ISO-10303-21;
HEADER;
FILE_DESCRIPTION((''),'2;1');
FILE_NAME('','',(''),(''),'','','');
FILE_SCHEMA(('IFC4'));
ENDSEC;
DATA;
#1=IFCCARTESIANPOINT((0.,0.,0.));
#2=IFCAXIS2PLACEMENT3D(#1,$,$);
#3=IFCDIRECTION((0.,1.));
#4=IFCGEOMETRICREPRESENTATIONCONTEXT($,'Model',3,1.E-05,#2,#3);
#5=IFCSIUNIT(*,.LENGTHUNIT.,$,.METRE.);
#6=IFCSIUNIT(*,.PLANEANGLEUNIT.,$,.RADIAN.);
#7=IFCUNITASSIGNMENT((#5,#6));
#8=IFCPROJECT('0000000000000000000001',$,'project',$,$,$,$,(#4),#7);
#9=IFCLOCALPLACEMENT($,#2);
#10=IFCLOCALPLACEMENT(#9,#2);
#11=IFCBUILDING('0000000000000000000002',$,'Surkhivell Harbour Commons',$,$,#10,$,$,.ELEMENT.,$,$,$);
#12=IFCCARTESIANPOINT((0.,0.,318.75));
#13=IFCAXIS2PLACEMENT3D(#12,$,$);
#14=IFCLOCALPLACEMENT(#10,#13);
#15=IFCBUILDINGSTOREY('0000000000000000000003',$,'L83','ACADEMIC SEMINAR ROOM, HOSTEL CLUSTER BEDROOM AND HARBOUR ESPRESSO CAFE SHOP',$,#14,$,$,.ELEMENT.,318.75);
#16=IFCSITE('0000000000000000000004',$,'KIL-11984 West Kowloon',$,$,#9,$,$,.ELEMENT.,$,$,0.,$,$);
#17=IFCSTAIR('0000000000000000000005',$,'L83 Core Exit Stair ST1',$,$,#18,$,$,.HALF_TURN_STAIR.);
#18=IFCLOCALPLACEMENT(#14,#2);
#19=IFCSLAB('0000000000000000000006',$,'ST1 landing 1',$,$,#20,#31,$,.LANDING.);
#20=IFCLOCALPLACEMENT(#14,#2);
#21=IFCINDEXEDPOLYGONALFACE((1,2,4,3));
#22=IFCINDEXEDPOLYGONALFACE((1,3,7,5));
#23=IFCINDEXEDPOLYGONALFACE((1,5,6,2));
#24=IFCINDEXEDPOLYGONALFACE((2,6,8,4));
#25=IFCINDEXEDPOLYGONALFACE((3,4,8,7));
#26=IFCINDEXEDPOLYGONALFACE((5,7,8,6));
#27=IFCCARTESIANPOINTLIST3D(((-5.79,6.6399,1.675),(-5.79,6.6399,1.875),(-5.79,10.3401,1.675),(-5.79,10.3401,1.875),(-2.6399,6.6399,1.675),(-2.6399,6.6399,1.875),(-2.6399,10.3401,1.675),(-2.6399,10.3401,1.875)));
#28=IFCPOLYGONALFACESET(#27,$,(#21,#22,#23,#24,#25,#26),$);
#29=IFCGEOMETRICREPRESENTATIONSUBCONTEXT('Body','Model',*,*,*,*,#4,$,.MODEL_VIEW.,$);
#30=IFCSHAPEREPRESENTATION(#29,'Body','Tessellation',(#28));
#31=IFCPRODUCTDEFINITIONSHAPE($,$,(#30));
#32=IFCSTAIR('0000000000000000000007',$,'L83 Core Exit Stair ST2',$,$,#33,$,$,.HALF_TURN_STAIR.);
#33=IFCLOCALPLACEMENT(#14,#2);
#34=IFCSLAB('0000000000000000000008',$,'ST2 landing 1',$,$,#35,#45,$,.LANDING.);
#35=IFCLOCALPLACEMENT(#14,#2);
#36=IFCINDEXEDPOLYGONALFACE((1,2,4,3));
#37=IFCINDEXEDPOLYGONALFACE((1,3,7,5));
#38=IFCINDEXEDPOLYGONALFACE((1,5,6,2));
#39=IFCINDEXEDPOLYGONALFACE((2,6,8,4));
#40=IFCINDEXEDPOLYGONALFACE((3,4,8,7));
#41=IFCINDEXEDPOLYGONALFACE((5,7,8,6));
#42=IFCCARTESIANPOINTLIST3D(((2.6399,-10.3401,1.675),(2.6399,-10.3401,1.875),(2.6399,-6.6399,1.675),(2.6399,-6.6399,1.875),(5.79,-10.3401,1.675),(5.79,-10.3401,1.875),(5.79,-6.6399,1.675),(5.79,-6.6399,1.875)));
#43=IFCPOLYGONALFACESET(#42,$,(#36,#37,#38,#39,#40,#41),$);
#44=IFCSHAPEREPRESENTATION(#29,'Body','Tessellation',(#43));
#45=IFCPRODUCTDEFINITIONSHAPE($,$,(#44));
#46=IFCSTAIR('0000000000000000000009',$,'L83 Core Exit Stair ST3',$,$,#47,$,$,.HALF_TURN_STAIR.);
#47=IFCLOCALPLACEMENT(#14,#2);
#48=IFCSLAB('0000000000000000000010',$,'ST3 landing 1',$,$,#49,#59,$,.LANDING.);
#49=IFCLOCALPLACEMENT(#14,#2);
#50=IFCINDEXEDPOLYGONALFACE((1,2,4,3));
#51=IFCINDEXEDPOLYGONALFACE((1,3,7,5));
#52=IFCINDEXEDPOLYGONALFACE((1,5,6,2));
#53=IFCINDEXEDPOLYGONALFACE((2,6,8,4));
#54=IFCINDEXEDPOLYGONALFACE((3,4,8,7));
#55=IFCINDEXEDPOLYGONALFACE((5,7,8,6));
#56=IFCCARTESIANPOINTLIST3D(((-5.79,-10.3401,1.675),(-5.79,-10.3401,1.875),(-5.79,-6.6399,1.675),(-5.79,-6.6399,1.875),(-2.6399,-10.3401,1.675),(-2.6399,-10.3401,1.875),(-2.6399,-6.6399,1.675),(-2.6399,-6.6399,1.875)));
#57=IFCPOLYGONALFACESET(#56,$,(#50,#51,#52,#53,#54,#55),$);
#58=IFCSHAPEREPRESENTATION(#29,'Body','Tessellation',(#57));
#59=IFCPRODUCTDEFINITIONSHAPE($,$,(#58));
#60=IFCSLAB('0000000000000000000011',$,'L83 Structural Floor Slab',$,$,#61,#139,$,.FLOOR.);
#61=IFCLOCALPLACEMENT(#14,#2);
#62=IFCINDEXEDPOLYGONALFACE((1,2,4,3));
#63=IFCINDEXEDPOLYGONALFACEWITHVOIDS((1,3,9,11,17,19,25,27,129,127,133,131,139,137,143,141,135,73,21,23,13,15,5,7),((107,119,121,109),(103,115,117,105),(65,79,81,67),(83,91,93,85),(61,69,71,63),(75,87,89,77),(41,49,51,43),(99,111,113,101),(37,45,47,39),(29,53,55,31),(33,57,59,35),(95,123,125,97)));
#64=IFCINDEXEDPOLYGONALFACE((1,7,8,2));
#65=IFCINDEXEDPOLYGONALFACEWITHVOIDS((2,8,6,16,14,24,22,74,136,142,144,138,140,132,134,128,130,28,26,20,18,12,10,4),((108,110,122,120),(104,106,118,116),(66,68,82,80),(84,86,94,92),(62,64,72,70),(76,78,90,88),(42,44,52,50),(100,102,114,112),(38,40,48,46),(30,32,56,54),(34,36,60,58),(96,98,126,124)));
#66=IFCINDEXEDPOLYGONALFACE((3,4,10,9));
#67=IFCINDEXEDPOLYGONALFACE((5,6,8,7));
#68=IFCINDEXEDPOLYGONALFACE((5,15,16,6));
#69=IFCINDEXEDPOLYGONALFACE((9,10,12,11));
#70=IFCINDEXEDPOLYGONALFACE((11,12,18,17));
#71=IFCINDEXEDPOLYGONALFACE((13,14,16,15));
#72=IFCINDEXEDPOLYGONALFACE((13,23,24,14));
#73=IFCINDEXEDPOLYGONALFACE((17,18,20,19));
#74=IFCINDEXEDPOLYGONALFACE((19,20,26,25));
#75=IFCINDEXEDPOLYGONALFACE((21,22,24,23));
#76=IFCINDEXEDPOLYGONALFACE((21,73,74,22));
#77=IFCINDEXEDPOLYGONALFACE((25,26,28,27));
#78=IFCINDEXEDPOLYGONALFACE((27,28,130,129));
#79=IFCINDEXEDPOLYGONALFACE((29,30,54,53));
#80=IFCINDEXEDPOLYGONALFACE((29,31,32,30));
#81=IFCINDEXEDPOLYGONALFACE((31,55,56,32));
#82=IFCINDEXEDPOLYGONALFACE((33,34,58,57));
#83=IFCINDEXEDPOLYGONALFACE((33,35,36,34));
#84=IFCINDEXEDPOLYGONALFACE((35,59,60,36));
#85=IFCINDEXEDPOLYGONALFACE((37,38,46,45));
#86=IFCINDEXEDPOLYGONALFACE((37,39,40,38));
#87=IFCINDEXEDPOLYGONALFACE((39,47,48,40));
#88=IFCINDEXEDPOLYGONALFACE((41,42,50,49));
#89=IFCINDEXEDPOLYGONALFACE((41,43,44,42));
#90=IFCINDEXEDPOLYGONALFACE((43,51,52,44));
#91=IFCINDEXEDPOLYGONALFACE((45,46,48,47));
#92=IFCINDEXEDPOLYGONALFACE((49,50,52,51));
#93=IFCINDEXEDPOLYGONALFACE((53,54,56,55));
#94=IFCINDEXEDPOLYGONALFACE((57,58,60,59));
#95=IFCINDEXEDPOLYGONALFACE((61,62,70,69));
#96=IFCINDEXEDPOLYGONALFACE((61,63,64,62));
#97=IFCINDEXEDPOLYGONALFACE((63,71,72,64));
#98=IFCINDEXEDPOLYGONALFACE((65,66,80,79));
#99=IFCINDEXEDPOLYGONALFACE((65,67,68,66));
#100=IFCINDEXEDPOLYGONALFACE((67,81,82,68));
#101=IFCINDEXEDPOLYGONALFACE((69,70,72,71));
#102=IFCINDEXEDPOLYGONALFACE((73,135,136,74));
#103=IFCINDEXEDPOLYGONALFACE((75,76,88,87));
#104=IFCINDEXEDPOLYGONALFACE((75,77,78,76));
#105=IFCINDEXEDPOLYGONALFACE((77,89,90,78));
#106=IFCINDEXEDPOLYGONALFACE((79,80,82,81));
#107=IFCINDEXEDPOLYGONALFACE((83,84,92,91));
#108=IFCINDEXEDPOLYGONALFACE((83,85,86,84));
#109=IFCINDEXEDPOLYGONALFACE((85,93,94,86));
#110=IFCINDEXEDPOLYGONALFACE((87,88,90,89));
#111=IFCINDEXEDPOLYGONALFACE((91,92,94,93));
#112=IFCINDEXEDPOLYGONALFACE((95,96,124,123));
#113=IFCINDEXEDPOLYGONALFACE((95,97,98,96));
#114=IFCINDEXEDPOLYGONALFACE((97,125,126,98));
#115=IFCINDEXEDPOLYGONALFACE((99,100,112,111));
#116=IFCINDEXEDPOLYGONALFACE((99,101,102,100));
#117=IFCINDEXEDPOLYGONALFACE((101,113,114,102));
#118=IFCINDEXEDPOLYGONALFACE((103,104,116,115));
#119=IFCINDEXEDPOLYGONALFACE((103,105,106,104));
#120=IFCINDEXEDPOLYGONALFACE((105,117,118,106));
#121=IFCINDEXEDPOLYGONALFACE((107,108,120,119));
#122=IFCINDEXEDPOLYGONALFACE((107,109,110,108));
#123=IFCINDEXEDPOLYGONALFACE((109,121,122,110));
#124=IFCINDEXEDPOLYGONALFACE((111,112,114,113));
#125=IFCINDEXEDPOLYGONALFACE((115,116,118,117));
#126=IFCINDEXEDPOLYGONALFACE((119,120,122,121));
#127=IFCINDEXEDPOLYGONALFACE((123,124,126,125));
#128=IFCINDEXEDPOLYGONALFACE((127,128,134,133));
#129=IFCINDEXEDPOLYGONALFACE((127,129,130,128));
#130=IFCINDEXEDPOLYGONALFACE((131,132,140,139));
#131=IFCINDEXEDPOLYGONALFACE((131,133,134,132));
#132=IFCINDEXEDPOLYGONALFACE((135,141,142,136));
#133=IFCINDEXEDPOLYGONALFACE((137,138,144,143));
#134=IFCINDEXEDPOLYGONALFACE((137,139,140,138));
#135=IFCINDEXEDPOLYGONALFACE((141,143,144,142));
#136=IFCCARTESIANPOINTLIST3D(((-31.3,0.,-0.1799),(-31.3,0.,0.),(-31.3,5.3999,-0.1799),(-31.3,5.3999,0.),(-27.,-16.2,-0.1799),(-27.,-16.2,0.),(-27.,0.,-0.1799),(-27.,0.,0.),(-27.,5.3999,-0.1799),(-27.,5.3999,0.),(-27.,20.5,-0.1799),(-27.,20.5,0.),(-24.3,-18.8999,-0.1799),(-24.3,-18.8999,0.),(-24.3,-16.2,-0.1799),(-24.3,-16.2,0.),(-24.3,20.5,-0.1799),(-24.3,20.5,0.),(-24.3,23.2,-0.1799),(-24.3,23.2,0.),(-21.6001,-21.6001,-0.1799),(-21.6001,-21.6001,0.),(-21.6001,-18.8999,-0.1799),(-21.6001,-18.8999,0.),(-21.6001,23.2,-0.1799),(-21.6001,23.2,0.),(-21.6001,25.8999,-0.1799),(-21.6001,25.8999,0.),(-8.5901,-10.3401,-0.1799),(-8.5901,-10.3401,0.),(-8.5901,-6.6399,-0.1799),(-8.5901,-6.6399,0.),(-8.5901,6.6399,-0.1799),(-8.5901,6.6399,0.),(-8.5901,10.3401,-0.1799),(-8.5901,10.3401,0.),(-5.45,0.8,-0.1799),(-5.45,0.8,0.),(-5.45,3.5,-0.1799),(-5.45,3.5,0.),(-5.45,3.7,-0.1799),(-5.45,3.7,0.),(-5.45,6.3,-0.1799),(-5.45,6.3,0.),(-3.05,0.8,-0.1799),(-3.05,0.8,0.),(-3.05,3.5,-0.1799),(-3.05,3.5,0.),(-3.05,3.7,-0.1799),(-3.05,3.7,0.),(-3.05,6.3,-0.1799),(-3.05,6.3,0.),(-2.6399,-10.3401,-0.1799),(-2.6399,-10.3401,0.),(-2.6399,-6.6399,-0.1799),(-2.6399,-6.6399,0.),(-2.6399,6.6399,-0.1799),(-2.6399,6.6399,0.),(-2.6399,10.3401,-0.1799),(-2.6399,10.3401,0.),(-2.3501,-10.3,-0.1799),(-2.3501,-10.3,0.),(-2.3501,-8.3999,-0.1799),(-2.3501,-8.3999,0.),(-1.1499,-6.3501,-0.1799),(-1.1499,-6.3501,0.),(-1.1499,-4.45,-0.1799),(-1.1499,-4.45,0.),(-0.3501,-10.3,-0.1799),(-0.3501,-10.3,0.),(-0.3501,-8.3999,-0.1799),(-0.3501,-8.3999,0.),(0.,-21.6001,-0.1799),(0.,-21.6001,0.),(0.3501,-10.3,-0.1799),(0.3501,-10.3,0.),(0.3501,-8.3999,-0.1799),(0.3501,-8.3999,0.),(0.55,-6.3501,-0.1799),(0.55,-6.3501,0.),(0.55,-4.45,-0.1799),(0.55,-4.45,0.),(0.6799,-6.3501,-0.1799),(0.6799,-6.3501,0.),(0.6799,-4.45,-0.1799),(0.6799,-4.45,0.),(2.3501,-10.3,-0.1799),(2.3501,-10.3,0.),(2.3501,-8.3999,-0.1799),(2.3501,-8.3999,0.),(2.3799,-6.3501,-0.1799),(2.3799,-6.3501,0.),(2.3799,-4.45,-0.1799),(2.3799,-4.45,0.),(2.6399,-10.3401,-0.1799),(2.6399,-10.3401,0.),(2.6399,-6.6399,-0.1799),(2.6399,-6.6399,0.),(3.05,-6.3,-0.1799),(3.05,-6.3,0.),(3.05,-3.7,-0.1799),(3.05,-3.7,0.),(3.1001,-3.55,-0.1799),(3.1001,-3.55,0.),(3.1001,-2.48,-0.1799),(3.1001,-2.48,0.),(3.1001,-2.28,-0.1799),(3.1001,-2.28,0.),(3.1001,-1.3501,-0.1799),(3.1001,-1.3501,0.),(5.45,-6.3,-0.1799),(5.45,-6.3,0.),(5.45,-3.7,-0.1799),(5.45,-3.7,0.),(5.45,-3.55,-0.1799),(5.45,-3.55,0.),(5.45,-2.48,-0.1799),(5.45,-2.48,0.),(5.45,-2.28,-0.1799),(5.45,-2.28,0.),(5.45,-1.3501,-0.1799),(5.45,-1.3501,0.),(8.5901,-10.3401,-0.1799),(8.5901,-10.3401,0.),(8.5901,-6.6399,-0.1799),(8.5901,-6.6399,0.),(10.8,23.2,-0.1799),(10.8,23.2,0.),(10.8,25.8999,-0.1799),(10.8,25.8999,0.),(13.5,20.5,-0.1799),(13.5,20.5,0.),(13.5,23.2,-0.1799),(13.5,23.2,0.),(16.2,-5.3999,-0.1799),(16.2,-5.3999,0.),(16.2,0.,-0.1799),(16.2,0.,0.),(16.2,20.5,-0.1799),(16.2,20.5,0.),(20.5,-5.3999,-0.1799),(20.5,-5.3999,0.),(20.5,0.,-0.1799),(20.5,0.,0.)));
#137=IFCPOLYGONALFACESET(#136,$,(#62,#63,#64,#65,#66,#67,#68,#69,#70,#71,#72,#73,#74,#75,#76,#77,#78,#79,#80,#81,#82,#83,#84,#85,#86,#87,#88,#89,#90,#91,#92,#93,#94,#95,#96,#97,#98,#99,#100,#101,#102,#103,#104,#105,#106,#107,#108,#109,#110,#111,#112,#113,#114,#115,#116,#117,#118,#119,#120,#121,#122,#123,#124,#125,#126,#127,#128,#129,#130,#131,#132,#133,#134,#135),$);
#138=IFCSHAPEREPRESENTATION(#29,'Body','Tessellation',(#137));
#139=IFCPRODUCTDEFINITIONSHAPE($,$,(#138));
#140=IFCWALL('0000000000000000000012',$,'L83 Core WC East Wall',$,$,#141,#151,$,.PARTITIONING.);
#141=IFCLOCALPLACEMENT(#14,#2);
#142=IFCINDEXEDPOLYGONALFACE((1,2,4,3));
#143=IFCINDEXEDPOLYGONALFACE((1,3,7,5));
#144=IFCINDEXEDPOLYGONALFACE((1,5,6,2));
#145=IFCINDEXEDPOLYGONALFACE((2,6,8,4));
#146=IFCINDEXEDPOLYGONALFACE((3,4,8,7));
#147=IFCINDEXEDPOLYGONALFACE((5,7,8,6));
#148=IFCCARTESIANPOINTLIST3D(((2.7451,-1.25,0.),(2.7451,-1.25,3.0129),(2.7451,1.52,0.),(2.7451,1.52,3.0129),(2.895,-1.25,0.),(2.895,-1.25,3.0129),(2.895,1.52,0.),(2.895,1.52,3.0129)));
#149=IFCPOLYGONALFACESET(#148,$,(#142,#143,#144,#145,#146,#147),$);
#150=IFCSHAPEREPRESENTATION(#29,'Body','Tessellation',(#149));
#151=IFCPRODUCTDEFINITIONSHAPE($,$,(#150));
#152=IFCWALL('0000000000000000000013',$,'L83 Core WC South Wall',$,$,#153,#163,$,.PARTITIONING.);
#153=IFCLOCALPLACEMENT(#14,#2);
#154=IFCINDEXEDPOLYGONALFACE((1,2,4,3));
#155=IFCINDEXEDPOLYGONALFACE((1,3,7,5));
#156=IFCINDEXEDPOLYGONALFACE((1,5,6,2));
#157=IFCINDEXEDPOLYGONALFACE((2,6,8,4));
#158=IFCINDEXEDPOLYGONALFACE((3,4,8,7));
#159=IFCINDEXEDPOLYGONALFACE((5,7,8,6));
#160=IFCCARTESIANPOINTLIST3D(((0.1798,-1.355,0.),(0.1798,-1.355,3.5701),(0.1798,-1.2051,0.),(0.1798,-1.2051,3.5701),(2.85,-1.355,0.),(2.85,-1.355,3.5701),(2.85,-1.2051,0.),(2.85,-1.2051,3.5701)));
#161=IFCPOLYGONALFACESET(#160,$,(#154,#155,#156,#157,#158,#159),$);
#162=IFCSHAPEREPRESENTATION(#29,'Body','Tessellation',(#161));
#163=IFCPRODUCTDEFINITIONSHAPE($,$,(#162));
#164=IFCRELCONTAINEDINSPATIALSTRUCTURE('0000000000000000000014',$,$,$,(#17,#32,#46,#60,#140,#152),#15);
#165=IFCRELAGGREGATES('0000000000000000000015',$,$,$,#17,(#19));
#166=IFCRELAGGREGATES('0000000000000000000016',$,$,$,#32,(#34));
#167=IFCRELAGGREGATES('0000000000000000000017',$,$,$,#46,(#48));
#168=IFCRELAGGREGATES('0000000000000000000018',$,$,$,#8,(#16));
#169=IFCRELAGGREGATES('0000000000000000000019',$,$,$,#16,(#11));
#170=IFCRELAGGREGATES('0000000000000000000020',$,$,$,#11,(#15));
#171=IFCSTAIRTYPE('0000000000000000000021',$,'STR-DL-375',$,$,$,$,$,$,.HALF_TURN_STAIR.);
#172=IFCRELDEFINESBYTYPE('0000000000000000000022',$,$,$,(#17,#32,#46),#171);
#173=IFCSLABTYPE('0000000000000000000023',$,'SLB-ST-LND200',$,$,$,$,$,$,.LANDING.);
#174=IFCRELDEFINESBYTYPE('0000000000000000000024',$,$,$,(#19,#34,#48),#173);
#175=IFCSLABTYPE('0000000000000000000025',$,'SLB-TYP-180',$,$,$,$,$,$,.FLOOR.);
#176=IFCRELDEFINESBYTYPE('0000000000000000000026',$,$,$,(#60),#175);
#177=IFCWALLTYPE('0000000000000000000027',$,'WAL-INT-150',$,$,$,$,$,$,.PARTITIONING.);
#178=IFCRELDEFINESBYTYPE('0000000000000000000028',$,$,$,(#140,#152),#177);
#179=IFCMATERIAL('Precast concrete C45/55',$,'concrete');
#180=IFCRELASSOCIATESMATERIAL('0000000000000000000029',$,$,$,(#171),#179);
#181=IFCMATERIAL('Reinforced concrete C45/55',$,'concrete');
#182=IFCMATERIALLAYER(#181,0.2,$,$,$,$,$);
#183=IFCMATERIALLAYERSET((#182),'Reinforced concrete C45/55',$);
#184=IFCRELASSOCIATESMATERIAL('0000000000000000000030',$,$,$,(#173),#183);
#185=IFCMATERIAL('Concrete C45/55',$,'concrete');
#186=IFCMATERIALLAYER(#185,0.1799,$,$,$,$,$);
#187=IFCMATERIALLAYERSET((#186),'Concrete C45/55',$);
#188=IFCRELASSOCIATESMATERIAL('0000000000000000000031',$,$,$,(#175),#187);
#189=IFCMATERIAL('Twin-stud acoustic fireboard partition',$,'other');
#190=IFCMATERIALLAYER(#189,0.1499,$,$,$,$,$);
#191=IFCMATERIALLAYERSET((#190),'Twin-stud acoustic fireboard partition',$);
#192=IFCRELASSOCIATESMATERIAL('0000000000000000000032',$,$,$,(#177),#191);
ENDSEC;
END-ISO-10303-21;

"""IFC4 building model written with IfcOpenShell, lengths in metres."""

from ifc_helpers import new_model, si_unit, direction, frame, frame_2d, origin, place, context, subcontext, project, spatial, polyline, rectangle, outline, extrude, material, layer, layer_set, type_object, element, aggregate, save


model = new_model("IFC4")

# Units and contexts
model_context = context("Model", 3, precision=1e-05, world=origin(), true_north=direction((0.0, 1.0)))
body_context = subcontext(model_context, "Body", "Model", "MODEL_VIEW")
ifc_project = project(units=[si_unit("LENGTHUNIT", "METRE"), si_unit("PLANEANGLEUNIT", "RADIAN")], contexts=[model_context])

# Site, building, storey
site_placement = place(None, origin())
site = spatial("IfcSite", under=ifc_project, at=site_placement, Name="KIL-11984 West Kowloon", CompositionType="ELEMENT", RefElevation=0.0)
building_placement = place(site_placement, origin())
building = spatial("IfcBuilding", under=site, at=building_placement, Name="Surkhivell Harbour Commons", CompositionType="ELEMENT")
storey_placement = place(building_placement, frame((0.0, 0.0, 318.75)))
storey = spatial("IfcBuildingStorey", under=building, at=storey_placement, Name="L83", Description="ACADEMIC SEMINAR ROOM, HOSTEL CLUSTER BEDROOM AND HARBOUR ESPRESSO CAFE SHOP", CompositionType="ELEMENT", Elevation=318.75)

# Stairs, slabs
ifc_material_1 = material(Name="Precast concrete C45/55", Category="concrete")
stair_type = type_object("IfcStairType", Name="STR-DL-375", PredefinedType="HALF_TURN_STAIR", material=ifc_material_1)
stair_1_placement = place(storey_placement, origin())
stair_1 = element("IfcStair", 1, at=stair_1_placement, inside=storey, type_object=stair_type, Name="L83 Core Exit Stair ST1", PredefinedType="HALF_TURN_STAIR")
ifc_material_2 = material(Name="Reinforced concrete C45/55", Category="concrete")
ifc_layer_1 = layer(ifc_material_2, 0.2)
ifc_layer_set_1 = layer_set([ifc_layer_1], Name="Reinforced concrete C45/55")
slab_type_1 = type_object("IfcSlabType", Name="SLB-ST-LND200", PredefinedType="LANDING", material=ifc_layer_set_1)
slab_1_placement = place(storey_placement, frame((0.0, 0.0, 1.675)))
slab_1 = element("IfcSlab", 2, at=slab_1_placement, type_object=slab_type_1, Name="ST1 landing 1", PredefinedType="LANDING", context=body_context, shape_type="SweptSolid", body=[
    extrude(outline(polyline([(-5.79, 6.6399), (-2.6399, 6.6399), (-2.6399, 10.3401), (-5.79, 10.3401), (-5.79, 6.6399)])), origin(), (0.0, 0.0, 1.0), 0.2),
])
aggregate(stair_1, [slab_1])
stair_2_placement = place(storey_placement, origin())
stair_2 = element("IfcStair", 3, at=stair_2_placement, inside=storey, type_object=stair_type, Name="L83 Core Exit Stair ST2", PredefinedType="HALF_TURN_STAIR")
slab_2_placement = place(storey_placement, frame((0.0, 0.0, 1.675)))
slab_2 = element("IfcSlab", 4, at=slab_2_placement, type_object=slab_type_1, Name="ST2 landing 1", PredefinedType="LANDING", context=body_context, shape_type="SweptSolid", body=[
    extrude(outline(polyline([(5.79, -6.6399), (2.6399, -6.6399), (2.6399, -10.3401), (5.79, -10.3401), (5.79, -6.6399)])), origin(), (0.0, 0.0, 1.0), 0.2),
])
aggregate(stair_2, [slab_2])
stair_3_placement = place(storey_placement, origin())
stair_3 = element("IfcStair", 5, at=stair_3_placement, inside=storey, type_object=stair_type, Name="L83 Core Exit Stair ST3", PredefinedType="HALF_TURN_STAIR")
slab_3_placement = place(storey_placement, frame((0.0, 0.0, 1.675)))
slab_3 = element("IfcSlab", 6, at=slab_3_placement, type_object=slab_type_1, Name="ST3 landing 1", PredefinedType="LANDING", context=body_context, shape_type="SweptSolid", body=[
    extrude(outline(polyline([(-5.79, -10.3401), (-2.6399, -10.3401), (-2.6399, -6.6399), (-5.79, -6.6399), (-5.79, -10.3401)])), origin(), (0.0, 0.0, 1.0), 0.2),
])
aggregate(stair_3, [slab_3])

# Slab
ifc_material_3 = material(Name="Concrete C45/55", Category="concrete")
ifc_layer_2 = layer(ifc_material_3, 0.1799)
ifc_layer_set_2 = layer_set([ifc_layer_2], Name="Concrete C45/55")
slab_type_2 = type_object("IfcSlabType", Name="SLB-TYP-180", PredefinedType="FLOOR", material=ifc_layer_set_2)
slab_4_placement = place(storey_placement, frame((0.0, 0.0, -0.1799)))
element("IfcSlab", 7, at=slab_4_placement, inside=storey, type_object=slab_type_2, Name="L83 Structural Floor Slab", PredefinedType="FLOOR", context=body_context, shape_type="SweptSolid", body=[
    extrude(outline(polyline([(-27.0, 20.5), (-27.0, 5.3999), (-31.3, 5.3999), (-31.3, 0.0), (-27.0, 0.0), (-27.0, -16.2), (-24.3, -16.2), (-24.3, -18.8999), (-21.6001, -18.8999), (-21.6001, -21.6001), (0.0, -21.6001), (16.2, -5.3999), (20.5, -5.3999), (20.5, 0.0), (16.2, 0.0), (16.2, 20.5), (13.5, 20.5), (13.5, 23.2), (10.8, 23.2), (10.8, 25.8999), (-21.6001, 25.8999), (-21.6001, 23.2), (-24.3, 23.2), (-24.3, 20.5), (-27.0, 20.5)]), holes=[polyline([(-8.5901, 6.6399), (-2.6399, 6.6399), (-2.6399, 10.3401), (-8.5901, 10.3401), (-8.5901, 6.6399)]), polyline([(8.5901, -6.6399), (2.6399, -6.6399), (2.6399, -10.3401), (8.5901, -10.3401), (8.5901, -6.6399)]), polyline([(-8.5901, -10.3401), (-2.6399, -10.3401), (-2.6399, -6.6399), (-8.5901, -6.6399), (-8.5901, -10.3401)]), polyline([(-1.1499, -6.3501), (0.55, -6.3501), (0.55, -4.45), (-1.1499, -4.45), (-1.1499, -6.3501)]), polyline([(0.6799, -6.3501), (2.3799, -6.3501), (2.3799, -4.45), (0.6799, -4.45), (0.6799, -6.3501)]), polyline([(-2.3501, -10.3), (-0.3501, -10.3), (-0.3501, -8.3999), (-2.3501, -8.3999), (-2.3501, -10.3)]), polyline([(0.3501, -10.3), (2.3501, -10.3), (2.3501, -8.3999), (0.3501, -8.3999), (0.3501, -10.3)]), polyline([(-5.45, 3.7), (-3.05, 3.7), (-3.05, 6.3), (-5.45, 6.3), (-5.45, 3.7)]), polyline([(3.05, -6.3), (5.45, -6.3), (5.45, -3.7), (3.05, -3.7), (3.05, -6.3)]), polyline([(-5.45, 0.8), (-3.05, 0.8), (-3.05, 3.5), (-5.45, 3.5), (-5.45, 0.8)]), polyline([(3.1001, -3.55), (5.45, -3.55), (5.45, -2.48), (3.1001, -2.48), (3.1001, -3.55)]), polyline([(3.1001, -2.28), (5.45, -2.28), (5.45, -1.3501), (3.1001, -1.3501), (3.1001, -2.28)])]), origin(), (0.0, 0.0, 1.0), 0.1799),
])

# Walls
ifc_material_4 = material(Name="Twin-stud acoustic fireboard partition", Category="other")
ifc_layer_3 = layer(ifc_material_4, 0.1499)
ifc_layer_set_3 = layer_set([ifc_layer_3], Name="Twin-stud acoustic fireboard partition")
wall_type_1 = type_object("IfcWallType", Name="WAL-INT-150", PredefinedType="PARTITIONING", material=ifc_layer_set_3)
wall_1_placement = place(storey_placement, frame((2.8201, -1.25, 0.0), z_axis=(0.0, 0.0, 1.0), x_axis=(0.0, 1.0, 0.0)))
element("IfcWall", 8, at=wall_1_placement, inside=storey, type_object=wall_type_1, Name="L83 Core WC East Wall", PredefinedType="PARTITIONING", context=body_context, shape_type="SweptSolid", body=[
    extrude(rectangle(XDim=2.77, YDim=0.1499, at=frame_2d((1.385, 0.0))), origin(), (0.0, 0.0, 1.0), 3.0129),
])
wall_2_placement = place(storey_placement, frame((0.1799, -1.28, 0.0), z_axis=(0.0, 0.0, 1.0), x_axis=(1.0, 0.0, 0.0)))
element("IfcWall", 9, at=wall_2_placement, inside=storey, type_object=wall_type_1, Name="L83 Core WC South Wall", PredefinedType="PARTITIONING", context=body_context, shape_type="SweptSolid", body=[
    extrude(rectangle(XDim=2.6702, YDim=0.1499, at=frame_2d((1.335, 0.0))), origin(), (0.0, 0.0, 1.0), 3.5701),
])

save(model, "model.ifc")
